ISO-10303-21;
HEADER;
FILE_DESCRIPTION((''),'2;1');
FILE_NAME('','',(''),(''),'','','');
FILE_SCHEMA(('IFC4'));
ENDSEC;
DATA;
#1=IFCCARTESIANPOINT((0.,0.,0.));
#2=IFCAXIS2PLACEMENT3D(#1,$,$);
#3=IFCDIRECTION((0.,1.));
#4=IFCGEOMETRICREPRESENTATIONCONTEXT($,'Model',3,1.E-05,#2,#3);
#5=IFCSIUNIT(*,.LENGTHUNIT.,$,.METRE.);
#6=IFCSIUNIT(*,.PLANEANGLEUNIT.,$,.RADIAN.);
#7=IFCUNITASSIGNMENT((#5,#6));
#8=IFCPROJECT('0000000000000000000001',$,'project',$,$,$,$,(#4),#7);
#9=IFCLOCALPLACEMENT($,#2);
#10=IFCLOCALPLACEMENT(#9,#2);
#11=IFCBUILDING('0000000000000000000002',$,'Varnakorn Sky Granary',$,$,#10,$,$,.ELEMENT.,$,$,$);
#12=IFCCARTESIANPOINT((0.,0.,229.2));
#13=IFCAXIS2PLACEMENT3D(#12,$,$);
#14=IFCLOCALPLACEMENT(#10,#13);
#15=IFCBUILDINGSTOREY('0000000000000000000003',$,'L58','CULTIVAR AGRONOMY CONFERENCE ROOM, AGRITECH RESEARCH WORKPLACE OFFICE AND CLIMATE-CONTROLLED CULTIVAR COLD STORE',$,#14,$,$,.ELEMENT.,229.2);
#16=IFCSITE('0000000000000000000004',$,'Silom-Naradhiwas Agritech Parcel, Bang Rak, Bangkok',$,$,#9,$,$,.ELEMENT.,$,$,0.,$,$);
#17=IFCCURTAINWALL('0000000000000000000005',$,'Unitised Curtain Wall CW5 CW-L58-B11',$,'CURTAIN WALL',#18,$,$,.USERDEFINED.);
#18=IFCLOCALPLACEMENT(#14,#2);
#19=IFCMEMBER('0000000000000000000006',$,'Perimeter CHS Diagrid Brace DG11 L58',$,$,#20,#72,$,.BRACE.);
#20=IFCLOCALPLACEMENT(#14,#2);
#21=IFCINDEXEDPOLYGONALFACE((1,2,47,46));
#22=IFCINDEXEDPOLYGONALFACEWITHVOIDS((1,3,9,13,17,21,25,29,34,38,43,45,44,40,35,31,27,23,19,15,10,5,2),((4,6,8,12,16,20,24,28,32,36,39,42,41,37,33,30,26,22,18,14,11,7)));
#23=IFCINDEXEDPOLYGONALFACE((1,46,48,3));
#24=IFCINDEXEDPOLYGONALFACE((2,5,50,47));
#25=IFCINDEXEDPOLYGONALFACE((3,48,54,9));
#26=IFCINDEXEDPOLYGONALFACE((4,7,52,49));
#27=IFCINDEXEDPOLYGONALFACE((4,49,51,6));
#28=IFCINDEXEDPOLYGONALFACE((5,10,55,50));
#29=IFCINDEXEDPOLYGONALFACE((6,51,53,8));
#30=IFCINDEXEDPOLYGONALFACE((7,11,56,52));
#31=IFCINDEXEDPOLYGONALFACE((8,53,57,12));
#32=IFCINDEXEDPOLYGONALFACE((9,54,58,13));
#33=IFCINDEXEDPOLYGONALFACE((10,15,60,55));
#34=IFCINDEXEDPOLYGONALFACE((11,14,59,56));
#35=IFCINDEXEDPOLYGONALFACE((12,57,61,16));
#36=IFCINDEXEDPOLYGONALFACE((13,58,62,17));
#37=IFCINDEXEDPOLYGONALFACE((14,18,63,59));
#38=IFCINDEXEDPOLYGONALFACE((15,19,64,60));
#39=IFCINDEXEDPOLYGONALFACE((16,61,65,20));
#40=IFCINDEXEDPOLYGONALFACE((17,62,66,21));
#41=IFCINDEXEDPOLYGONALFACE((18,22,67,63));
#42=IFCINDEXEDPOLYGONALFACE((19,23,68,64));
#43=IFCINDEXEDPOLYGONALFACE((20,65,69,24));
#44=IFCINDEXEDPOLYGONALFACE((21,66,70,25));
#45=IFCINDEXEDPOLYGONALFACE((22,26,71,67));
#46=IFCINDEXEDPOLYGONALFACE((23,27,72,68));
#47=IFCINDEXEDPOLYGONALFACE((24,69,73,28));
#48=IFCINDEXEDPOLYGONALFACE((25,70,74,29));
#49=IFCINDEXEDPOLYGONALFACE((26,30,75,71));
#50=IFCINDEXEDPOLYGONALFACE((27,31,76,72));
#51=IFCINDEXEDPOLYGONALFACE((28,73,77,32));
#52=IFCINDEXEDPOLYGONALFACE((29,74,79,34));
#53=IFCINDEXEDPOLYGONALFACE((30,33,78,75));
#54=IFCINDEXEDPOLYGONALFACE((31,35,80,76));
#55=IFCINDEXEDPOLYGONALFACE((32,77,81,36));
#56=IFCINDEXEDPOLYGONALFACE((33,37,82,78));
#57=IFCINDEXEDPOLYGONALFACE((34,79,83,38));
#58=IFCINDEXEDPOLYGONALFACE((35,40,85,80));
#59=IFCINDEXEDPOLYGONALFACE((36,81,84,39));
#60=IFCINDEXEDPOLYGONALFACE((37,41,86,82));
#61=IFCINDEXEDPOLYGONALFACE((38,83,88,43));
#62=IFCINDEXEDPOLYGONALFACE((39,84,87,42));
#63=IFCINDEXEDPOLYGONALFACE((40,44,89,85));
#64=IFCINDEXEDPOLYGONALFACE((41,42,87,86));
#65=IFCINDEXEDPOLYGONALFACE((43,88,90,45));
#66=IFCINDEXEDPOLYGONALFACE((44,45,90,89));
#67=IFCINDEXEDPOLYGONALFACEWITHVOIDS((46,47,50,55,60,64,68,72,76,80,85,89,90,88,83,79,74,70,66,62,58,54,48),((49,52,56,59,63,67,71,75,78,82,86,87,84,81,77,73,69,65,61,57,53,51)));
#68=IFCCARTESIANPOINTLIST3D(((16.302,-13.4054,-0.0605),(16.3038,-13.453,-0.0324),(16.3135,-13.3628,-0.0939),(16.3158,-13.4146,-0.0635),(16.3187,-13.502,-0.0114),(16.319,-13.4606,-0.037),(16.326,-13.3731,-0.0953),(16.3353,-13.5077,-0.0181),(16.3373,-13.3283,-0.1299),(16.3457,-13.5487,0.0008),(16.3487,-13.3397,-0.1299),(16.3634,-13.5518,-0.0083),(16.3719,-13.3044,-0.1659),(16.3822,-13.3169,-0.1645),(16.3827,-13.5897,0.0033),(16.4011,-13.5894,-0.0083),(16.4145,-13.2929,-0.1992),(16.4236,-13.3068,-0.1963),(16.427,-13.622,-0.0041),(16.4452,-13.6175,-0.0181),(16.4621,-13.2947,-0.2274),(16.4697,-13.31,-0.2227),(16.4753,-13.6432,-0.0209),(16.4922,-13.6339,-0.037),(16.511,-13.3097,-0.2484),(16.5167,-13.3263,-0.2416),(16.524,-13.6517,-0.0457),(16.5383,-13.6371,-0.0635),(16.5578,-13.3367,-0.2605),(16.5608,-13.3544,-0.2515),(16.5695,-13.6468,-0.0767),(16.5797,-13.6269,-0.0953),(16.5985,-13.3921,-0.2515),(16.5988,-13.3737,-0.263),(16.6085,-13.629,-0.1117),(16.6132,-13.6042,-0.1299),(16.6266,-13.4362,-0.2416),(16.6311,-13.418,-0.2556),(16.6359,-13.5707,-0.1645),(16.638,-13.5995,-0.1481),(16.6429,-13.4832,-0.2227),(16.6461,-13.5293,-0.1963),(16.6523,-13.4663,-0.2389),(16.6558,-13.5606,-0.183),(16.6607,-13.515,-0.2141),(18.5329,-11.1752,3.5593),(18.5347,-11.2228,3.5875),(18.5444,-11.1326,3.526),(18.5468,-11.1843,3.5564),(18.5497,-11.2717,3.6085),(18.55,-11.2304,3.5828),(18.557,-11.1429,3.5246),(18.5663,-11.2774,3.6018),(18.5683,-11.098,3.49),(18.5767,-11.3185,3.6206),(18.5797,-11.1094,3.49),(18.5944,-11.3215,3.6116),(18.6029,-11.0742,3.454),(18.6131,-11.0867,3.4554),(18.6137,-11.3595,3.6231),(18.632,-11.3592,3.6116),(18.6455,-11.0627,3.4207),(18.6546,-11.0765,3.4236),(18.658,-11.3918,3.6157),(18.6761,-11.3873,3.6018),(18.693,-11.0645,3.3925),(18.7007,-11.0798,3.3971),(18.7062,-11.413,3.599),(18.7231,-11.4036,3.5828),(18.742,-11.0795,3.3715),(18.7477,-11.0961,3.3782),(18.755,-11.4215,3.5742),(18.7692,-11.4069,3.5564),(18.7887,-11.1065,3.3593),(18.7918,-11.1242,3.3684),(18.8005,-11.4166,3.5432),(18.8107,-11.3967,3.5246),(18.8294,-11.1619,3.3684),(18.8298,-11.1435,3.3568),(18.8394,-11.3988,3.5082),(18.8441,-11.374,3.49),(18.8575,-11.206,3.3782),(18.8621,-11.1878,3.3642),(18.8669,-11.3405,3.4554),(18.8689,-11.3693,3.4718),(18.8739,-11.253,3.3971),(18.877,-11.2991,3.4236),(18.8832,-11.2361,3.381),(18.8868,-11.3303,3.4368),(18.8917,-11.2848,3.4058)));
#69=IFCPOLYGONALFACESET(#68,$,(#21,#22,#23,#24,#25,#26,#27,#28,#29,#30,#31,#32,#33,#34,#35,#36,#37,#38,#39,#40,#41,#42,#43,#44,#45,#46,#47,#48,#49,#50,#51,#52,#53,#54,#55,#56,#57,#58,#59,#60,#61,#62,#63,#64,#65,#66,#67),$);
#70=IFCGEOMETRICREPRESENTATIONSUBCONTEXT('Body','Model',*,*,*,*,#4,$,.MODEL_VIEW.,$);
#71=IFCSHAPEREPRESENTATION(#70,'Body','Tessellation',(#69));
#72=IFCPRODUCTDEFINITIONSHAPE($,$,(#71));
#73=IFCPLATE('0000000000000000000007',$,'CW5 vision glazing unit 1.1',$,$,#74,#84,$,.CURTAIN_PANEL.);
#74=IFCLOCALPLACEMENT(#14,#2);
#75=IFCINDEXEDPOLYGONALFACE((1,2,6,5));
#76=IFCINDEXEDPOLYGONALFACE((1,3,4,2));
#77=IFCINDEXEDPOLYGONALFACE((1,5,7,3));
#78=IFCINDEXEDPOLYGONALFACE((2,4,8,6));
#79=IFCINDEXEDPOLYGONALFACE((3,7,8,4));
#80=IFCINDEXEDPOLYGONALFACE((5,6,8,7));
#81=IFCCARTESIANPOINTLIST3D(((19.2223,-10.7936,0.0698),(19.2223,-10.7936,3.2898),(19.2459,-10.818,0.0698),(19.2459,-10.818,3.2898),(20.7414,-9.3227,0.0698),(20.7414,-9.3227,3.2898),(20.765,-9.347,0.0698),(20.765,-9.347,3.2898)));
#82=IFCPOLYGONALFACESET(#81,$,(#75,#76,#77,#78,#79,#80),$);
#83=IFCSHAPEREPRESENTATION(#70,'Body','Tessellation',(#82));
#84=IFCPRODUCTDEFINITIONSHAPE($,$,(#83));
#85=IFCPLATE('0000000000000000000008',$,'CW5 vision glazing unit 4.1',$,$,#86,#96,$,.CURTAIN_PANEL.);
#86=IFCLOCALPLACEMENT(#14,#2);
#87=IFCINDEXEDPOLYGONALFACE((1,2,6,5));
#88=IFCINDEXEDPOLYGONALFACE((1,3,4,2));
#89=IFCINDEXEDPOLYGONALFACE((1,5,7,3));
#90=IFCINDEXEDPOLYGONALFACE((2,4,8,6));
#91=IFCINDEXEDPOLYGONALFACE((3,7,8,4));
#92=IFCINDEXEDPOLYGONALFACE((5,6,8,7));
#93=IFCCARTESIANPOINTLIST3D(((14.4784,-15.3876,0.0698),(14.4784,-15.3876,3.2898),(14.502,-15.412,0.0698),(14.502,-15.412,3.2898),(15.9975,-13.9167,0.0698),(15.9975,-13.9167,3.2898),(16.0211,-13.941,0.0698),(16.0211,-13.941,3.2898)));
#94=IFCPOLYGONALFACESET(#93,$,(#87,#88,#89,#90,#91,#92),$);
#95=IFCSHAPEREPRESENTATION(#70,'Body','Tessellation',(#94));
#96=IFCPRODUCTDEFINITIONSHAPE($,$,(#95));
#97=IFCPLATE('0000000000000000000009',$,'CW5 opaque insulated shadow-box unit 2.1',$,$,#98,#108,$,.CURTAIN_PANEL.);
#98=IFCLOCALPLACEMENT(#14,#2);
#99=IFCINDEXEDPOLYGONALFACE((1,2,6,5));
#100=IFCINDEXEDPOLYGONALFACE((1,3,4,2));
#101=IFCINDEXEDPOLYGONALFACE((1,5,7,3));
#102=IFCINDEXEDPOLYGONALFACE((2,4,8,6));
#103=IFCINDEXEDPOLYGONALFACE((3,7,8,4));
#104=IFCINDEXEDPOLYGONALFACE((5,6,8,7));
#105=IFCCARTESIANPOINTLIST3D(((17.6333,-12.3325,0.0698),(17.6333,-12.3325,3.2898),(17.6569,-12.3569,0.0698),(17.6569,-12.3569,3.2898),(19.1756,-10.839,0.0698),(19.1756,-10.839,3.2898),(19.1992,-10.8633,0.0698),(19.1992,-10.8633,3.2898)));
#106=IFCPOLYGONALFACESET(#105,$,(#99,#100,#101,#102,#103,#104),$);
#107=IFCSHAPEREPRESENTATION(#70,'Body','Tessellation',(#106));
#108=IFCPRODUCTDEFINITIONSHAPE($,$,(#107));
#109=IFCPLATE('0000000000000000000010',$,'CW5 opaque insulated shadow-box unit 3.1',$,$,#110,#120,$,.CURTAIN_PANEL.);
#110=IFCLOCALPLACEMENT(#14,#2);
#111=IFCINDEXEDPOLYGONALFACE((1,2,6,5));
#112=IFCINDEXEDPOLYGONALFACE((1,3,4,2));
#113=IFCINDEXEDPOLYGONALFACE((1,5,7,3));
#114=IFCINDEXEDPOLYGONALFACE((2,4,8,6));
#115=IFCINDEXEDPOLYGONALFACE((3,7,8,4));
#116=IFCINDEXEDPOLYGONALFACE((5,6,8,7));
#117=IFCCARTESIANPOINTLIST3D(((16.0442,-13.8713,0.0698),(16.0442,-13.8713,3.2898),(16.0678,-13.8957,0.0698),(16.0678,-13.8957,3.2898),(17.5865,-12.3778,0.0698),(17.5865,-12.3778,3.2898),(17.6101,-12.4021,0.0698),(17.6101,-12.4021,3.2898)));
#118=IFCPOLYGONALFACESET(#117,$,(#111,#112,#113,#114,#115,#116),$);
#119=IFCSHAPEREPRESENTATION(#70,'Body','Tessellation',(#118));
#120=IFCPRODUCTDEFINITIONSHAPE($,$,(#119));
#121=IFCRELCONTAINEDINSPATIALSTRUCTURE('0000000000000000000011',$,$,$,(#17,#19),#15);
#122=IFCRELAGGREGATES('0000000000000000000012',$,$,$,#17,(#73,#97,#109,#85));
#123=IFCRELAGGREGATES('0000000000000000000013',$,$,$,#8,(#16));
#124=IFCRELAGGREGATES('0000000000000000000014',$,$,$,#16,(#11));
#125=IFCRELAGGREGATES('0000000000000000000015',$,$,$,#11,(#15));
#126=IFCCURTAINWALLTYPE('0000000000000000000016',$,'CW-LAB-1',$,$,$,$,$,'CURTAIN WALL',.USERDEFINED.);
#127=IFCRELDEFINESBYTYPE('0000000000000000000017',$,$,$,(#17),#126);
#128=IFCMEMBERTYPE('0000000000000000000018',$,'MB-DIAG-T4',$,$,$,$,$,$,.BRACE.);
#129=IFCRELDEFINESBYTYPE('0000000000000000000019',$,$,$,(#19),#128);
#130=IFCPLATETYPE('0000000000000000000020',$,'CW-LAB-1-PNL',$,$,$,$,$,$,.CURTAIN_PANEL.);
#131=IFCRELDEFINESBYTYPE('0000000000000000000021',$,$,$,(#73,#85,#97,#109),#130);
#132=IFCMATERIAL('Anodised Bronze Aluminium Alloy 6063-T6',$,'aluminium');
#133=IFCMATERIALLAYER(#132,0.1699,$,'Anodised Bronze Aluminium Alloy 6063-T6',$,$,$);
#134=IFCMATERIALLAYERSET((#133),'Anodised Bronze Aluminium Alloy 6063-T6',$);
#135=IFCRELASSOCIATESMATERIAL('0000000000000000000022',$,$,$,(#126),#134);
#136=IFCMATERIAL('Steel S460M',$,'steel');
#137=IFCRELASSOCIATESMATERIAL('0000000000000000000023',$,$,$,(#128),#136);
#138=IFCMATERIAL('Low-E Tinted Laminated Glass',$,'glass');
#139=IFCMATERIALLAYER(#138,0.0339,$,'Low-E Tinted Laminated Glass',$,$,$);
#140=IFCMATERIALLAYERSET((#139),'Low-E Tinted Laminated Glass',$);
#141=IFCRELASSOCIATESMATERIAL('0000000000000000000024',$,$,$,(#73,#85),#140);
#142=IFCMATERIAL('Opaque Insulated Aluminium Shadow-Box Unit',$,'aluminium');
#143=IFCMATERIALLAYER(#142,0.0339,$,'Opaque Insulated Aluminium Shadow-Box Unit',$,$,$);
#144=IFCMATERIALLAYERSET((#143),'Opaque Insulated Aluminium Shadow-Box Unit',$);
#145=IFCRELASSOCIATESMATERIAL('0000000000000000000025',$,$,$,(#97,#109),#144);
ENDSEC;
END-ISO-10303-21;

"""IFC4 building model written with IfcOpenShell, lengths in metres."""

from ifc_helpers import new_model, si_unit, direction, frame, origin, origin_2d, place, context, subcontext, project, spatial, rectangle, hollow_circle, extrude, source, transform, mapped, material, layer, layer_set, material_profile, profile_set, type_object, type_shapes, element, aggregate, save


model = new_model("IFC4")

# Units and contexts
model_context = context("Model", 3, precision=1e-05, world=origin(), true_north=direction((0.0, 1.0)))
body_context = subcontext(model_context, "Body", "Model", "MODEL_VIEW")
ifc_project = project(units=[si_unit("LENGTHUNIT", "METRE"), si_unit("PLANEANGLEUNIT", "RADIAN")], contexts=[model_context])

# Site, building, storey
site_placement = place(None, origin())
site = spatial("IfcSite", under=ifc_project, at=site_placement, Name="Silom-Naradhiwas Agritech Parcel, Bang Rak, Bangkok", CompositionType="ELEMENT", RefElevation=0.0)
building_placement = place(site_placement, origin())
building = spatial("IfcBuilding", under=site, at=building_placement, Name="Varnakorn Sky Granary", CompositionType="ELEMENT")
storey_placement = place(building_placement, frame((0.0, 0.0, 229.2)))
storey = spatial("IfcBuildingStorey", under=building, at=storey_placement, Name="L58", Description="CULTIVAR AGRONOMY CONFERENCE ROOM, AGRITECH RESEARCH WORKPLACE OFFICE AND CLIMATE-CONTROLLED CULTIVAR COLD STORE", CompositionType="ELEMENT", Elevation=229.2)

# Shared definitions
ifc_material_1 = material(Name="Steel S460M", Category="steel")

# Shared definitions
ifc_material_2 = material(Name="Anodised Bronze Aluminium Alloy 6063-T6", Category="aluminium")
ifc_layer_1 = layer(ifc_material_2, 0.1699, Name="Anodised Bronze Aluminium Alloy 6063-T6")
ifc_layer_set_1 = layer_set([ifc_layer_1], Name="Anodised Bronze Aluminium Alloy 6063-T6")
curtain_wall_type = type_object("IfcCurtainWallType", Name="CW-LAB-1", ElementType="CURTAIN WALL", PredefinedType="USERDEFINED", material=ifc_layer_set_1)

# Curtain wall
curtain_wall_1_placement = place(storey_placement, origin())
curtain_wall_1 = element("IfcCurtainWall", 1, at=curtain_wall_1_placement, inside=storey, type_object=curtain_wall_type, Name="Unitised Curtain Wall CW5 CW-L58-B11", ObjectType="CURTAIN WALL", PredefinedType="USERDEFINED")

# Member
ifc_material_profile_1 = material_profile(ifc_material_1, hollow_circle(Radius=0.2031, WallThickness=0.0161, at=origin_2d()), Name="CHS 406.4x16")
ifc_profile_set_1 = profile_set([ifc_material_profile_1], Name="Steel S460M")
member_type_1 = type_object("IfcMemberType", Name="MB-DIAG-T4", PredefinedType="BRACE", material=ifc_profile_set_1)
member_1_placement = place(storey_placement, frame((16.481, -13.4719, -0.1299), z_axis=(0.464636, 0.464483, 0.753902), x_axis=(-0.706991, 0.707223, 0.0)))
element("IfcMember", 2, at=member_1_placement, inside=storey, type_object=member_type_1, Name="Perimeter CHS Diagrid Brace DG11 L58", PredefinedType="BRACE", context=body_context, shape_type="SweptSolid", body=[
    extrude(hollow_circle(Radius=0.2031, WallThickness=0.0161, at=origin_2d()), origin(), (0.0, 0.0, 1.0), 4.8015),
])

# Plates
ifc_material_3 = material(Name="Low-E Tinted Laminated Glass", Category="glass")
ifc_layer_2 = layer(ifc_material_3, 0.0339, Name="Low-E Tinted Laminated Glass")
ifc_layer_set_2 = layer_set([ifc_layer_2], Name="Low-E Tinted Laminated Glass")
plate_type = type_object("IfcPlateType", Name="CW-LAB-1-PNL", PredefinedType="CURTAIN_PANEL")
shared_shape_1 = source(origin(), body_context, "Body", "SweptSolid", [
    extrude(rectangle(XDim=2.1145, YDim=0.0339, at=origin_2d()), origin(), (0.0, 0.0, 1.0), 3.22),
])
plate_1_placement = place(storey_placement, frame((19.9937, -10.0703, 0.0698), z_axis=(0.0, 0.0, 1.0), x_axis=(-0.71839, -0.69564, 0.0)))
plate_1 = element("IfcPlate", 3, at=plate_1_placement, type_object=plate_type, material=ifc_layer_set_2, Name="CW5 vision glazing unit 1.1", PredefinedType="CURTAIN_PANEL", context=body_context, shape_type="MappedRepresentation", body=[
    mapped(shared_shape_1, transform((0.0, 0.0, 0.0), x_axis=(1.0, 0.0, 0.0), y_axis=(0.0, 1.0, 0.0), z_axis=(0.0, 0.0, 1.0), scale=1.0)),
])
plate_2_placement = place(storey_placement, frame((15.2498, -14.6643, 0.0698), z_axis=(0.0, 0.0, 1.0), x_axis=(-0.71839, -0.69564, 0.0)))
plate_2 = element("IfcPlate", 4, at=plate_2_placement, type_object=plate_type, material=ifc_layer_set_2, Name="CW5 vision glazing unit 4.1", PredefinedType="CURTAIN_PANEL", context=body_context, shape_type="MappedRepresentation", body=[
    mapped(shared_shape_1, transform((0.0, 0.0, 0.0), x_axis=(1.0, 0.0, 0.0), y_axis=(0.0, 1.0, 0.0), z_axis=(0.0, 0.0, 1.0), scale=1.0)),
])
ifc_material_4 = material(Name="Opaque Insulated Aluminium Shadow-Box Unit", Category="aluminium")
ifc_layer_3 = layer(ifc_material_4, 0.0339, Name="Opaque Insulated Aluminium Shadow-Box Unit")
ifc_layer_set_3 = layer_set([ifc_layer_3], Name="Opaque Insulated Aluminium Shadow-Box Unit")
shared_shape_2 = source(origin(), body_context, "Body", "SweptSolid", [
    extrude(rectangle(XDim=2.147, YDim=0.0339, at=origin_2d()), origin(), (0.0, 0.0, 1.0), 3.22),
])
type_shapes(plate_type, [shared_shape_1, shared_shape_2])
plate_3_placement = place(storey_placement, frame((18.4163, -11.5979, 0.0698), z_axis=(0.0, 0.0, 1.0), x_axis=(-0.71839, -0.69564, 0.0)))
plate_3 = element("IfcPlate", 5, at=plate_3_placement, type_object=plate_type, material=ifc_layer_set_3, Name="CW5 opaque insulated shadow-box unit 2.1", PredefinedType="CURTAIN_PANEL", context=body_context, shape_type="MappedRepresentation", body=[
    mapped(shared_shape_2, transform((0.0, 0.0, 0.0), x_axis=(1.0, 0.0, 0.0), y_axis=(0.0, 1.0, 0.0), z_axis=(0.0, 0.0, 1.0), scale=1.0)),
])
plate_4_placement = place(storey_placement, frame((16.8271, -13.1367, 0.0698), z_axis=(0.0, 0.0, 1.0), x_axis=(-0.71839, -0.69564, 0.0)))
plate_4 = element("IfcPlate", 6, at=plate_4_placement, type_object=plate_type, material=ifc_layer_set_3, Name="CW5 opaque insulated shadow-box unit 3.1", PredefinedType="CURTAIN_PANEL", context=body_context, shape_type="MappedRepresentation", body=[
    mapped(shared_shape_2, transform((0.0, 0.0, 0.0), x_axis=(1.0, 0.0, 0.0), y_axis=(0.0, 1.0, 0.0), z_axis=(0.0, 0.0, 1.0), scale=1.0)),
])
aggregate(curtain_wall_1, [plate_1, plate_3, plate_4, plate_2])

save(model, "model.ifc")
